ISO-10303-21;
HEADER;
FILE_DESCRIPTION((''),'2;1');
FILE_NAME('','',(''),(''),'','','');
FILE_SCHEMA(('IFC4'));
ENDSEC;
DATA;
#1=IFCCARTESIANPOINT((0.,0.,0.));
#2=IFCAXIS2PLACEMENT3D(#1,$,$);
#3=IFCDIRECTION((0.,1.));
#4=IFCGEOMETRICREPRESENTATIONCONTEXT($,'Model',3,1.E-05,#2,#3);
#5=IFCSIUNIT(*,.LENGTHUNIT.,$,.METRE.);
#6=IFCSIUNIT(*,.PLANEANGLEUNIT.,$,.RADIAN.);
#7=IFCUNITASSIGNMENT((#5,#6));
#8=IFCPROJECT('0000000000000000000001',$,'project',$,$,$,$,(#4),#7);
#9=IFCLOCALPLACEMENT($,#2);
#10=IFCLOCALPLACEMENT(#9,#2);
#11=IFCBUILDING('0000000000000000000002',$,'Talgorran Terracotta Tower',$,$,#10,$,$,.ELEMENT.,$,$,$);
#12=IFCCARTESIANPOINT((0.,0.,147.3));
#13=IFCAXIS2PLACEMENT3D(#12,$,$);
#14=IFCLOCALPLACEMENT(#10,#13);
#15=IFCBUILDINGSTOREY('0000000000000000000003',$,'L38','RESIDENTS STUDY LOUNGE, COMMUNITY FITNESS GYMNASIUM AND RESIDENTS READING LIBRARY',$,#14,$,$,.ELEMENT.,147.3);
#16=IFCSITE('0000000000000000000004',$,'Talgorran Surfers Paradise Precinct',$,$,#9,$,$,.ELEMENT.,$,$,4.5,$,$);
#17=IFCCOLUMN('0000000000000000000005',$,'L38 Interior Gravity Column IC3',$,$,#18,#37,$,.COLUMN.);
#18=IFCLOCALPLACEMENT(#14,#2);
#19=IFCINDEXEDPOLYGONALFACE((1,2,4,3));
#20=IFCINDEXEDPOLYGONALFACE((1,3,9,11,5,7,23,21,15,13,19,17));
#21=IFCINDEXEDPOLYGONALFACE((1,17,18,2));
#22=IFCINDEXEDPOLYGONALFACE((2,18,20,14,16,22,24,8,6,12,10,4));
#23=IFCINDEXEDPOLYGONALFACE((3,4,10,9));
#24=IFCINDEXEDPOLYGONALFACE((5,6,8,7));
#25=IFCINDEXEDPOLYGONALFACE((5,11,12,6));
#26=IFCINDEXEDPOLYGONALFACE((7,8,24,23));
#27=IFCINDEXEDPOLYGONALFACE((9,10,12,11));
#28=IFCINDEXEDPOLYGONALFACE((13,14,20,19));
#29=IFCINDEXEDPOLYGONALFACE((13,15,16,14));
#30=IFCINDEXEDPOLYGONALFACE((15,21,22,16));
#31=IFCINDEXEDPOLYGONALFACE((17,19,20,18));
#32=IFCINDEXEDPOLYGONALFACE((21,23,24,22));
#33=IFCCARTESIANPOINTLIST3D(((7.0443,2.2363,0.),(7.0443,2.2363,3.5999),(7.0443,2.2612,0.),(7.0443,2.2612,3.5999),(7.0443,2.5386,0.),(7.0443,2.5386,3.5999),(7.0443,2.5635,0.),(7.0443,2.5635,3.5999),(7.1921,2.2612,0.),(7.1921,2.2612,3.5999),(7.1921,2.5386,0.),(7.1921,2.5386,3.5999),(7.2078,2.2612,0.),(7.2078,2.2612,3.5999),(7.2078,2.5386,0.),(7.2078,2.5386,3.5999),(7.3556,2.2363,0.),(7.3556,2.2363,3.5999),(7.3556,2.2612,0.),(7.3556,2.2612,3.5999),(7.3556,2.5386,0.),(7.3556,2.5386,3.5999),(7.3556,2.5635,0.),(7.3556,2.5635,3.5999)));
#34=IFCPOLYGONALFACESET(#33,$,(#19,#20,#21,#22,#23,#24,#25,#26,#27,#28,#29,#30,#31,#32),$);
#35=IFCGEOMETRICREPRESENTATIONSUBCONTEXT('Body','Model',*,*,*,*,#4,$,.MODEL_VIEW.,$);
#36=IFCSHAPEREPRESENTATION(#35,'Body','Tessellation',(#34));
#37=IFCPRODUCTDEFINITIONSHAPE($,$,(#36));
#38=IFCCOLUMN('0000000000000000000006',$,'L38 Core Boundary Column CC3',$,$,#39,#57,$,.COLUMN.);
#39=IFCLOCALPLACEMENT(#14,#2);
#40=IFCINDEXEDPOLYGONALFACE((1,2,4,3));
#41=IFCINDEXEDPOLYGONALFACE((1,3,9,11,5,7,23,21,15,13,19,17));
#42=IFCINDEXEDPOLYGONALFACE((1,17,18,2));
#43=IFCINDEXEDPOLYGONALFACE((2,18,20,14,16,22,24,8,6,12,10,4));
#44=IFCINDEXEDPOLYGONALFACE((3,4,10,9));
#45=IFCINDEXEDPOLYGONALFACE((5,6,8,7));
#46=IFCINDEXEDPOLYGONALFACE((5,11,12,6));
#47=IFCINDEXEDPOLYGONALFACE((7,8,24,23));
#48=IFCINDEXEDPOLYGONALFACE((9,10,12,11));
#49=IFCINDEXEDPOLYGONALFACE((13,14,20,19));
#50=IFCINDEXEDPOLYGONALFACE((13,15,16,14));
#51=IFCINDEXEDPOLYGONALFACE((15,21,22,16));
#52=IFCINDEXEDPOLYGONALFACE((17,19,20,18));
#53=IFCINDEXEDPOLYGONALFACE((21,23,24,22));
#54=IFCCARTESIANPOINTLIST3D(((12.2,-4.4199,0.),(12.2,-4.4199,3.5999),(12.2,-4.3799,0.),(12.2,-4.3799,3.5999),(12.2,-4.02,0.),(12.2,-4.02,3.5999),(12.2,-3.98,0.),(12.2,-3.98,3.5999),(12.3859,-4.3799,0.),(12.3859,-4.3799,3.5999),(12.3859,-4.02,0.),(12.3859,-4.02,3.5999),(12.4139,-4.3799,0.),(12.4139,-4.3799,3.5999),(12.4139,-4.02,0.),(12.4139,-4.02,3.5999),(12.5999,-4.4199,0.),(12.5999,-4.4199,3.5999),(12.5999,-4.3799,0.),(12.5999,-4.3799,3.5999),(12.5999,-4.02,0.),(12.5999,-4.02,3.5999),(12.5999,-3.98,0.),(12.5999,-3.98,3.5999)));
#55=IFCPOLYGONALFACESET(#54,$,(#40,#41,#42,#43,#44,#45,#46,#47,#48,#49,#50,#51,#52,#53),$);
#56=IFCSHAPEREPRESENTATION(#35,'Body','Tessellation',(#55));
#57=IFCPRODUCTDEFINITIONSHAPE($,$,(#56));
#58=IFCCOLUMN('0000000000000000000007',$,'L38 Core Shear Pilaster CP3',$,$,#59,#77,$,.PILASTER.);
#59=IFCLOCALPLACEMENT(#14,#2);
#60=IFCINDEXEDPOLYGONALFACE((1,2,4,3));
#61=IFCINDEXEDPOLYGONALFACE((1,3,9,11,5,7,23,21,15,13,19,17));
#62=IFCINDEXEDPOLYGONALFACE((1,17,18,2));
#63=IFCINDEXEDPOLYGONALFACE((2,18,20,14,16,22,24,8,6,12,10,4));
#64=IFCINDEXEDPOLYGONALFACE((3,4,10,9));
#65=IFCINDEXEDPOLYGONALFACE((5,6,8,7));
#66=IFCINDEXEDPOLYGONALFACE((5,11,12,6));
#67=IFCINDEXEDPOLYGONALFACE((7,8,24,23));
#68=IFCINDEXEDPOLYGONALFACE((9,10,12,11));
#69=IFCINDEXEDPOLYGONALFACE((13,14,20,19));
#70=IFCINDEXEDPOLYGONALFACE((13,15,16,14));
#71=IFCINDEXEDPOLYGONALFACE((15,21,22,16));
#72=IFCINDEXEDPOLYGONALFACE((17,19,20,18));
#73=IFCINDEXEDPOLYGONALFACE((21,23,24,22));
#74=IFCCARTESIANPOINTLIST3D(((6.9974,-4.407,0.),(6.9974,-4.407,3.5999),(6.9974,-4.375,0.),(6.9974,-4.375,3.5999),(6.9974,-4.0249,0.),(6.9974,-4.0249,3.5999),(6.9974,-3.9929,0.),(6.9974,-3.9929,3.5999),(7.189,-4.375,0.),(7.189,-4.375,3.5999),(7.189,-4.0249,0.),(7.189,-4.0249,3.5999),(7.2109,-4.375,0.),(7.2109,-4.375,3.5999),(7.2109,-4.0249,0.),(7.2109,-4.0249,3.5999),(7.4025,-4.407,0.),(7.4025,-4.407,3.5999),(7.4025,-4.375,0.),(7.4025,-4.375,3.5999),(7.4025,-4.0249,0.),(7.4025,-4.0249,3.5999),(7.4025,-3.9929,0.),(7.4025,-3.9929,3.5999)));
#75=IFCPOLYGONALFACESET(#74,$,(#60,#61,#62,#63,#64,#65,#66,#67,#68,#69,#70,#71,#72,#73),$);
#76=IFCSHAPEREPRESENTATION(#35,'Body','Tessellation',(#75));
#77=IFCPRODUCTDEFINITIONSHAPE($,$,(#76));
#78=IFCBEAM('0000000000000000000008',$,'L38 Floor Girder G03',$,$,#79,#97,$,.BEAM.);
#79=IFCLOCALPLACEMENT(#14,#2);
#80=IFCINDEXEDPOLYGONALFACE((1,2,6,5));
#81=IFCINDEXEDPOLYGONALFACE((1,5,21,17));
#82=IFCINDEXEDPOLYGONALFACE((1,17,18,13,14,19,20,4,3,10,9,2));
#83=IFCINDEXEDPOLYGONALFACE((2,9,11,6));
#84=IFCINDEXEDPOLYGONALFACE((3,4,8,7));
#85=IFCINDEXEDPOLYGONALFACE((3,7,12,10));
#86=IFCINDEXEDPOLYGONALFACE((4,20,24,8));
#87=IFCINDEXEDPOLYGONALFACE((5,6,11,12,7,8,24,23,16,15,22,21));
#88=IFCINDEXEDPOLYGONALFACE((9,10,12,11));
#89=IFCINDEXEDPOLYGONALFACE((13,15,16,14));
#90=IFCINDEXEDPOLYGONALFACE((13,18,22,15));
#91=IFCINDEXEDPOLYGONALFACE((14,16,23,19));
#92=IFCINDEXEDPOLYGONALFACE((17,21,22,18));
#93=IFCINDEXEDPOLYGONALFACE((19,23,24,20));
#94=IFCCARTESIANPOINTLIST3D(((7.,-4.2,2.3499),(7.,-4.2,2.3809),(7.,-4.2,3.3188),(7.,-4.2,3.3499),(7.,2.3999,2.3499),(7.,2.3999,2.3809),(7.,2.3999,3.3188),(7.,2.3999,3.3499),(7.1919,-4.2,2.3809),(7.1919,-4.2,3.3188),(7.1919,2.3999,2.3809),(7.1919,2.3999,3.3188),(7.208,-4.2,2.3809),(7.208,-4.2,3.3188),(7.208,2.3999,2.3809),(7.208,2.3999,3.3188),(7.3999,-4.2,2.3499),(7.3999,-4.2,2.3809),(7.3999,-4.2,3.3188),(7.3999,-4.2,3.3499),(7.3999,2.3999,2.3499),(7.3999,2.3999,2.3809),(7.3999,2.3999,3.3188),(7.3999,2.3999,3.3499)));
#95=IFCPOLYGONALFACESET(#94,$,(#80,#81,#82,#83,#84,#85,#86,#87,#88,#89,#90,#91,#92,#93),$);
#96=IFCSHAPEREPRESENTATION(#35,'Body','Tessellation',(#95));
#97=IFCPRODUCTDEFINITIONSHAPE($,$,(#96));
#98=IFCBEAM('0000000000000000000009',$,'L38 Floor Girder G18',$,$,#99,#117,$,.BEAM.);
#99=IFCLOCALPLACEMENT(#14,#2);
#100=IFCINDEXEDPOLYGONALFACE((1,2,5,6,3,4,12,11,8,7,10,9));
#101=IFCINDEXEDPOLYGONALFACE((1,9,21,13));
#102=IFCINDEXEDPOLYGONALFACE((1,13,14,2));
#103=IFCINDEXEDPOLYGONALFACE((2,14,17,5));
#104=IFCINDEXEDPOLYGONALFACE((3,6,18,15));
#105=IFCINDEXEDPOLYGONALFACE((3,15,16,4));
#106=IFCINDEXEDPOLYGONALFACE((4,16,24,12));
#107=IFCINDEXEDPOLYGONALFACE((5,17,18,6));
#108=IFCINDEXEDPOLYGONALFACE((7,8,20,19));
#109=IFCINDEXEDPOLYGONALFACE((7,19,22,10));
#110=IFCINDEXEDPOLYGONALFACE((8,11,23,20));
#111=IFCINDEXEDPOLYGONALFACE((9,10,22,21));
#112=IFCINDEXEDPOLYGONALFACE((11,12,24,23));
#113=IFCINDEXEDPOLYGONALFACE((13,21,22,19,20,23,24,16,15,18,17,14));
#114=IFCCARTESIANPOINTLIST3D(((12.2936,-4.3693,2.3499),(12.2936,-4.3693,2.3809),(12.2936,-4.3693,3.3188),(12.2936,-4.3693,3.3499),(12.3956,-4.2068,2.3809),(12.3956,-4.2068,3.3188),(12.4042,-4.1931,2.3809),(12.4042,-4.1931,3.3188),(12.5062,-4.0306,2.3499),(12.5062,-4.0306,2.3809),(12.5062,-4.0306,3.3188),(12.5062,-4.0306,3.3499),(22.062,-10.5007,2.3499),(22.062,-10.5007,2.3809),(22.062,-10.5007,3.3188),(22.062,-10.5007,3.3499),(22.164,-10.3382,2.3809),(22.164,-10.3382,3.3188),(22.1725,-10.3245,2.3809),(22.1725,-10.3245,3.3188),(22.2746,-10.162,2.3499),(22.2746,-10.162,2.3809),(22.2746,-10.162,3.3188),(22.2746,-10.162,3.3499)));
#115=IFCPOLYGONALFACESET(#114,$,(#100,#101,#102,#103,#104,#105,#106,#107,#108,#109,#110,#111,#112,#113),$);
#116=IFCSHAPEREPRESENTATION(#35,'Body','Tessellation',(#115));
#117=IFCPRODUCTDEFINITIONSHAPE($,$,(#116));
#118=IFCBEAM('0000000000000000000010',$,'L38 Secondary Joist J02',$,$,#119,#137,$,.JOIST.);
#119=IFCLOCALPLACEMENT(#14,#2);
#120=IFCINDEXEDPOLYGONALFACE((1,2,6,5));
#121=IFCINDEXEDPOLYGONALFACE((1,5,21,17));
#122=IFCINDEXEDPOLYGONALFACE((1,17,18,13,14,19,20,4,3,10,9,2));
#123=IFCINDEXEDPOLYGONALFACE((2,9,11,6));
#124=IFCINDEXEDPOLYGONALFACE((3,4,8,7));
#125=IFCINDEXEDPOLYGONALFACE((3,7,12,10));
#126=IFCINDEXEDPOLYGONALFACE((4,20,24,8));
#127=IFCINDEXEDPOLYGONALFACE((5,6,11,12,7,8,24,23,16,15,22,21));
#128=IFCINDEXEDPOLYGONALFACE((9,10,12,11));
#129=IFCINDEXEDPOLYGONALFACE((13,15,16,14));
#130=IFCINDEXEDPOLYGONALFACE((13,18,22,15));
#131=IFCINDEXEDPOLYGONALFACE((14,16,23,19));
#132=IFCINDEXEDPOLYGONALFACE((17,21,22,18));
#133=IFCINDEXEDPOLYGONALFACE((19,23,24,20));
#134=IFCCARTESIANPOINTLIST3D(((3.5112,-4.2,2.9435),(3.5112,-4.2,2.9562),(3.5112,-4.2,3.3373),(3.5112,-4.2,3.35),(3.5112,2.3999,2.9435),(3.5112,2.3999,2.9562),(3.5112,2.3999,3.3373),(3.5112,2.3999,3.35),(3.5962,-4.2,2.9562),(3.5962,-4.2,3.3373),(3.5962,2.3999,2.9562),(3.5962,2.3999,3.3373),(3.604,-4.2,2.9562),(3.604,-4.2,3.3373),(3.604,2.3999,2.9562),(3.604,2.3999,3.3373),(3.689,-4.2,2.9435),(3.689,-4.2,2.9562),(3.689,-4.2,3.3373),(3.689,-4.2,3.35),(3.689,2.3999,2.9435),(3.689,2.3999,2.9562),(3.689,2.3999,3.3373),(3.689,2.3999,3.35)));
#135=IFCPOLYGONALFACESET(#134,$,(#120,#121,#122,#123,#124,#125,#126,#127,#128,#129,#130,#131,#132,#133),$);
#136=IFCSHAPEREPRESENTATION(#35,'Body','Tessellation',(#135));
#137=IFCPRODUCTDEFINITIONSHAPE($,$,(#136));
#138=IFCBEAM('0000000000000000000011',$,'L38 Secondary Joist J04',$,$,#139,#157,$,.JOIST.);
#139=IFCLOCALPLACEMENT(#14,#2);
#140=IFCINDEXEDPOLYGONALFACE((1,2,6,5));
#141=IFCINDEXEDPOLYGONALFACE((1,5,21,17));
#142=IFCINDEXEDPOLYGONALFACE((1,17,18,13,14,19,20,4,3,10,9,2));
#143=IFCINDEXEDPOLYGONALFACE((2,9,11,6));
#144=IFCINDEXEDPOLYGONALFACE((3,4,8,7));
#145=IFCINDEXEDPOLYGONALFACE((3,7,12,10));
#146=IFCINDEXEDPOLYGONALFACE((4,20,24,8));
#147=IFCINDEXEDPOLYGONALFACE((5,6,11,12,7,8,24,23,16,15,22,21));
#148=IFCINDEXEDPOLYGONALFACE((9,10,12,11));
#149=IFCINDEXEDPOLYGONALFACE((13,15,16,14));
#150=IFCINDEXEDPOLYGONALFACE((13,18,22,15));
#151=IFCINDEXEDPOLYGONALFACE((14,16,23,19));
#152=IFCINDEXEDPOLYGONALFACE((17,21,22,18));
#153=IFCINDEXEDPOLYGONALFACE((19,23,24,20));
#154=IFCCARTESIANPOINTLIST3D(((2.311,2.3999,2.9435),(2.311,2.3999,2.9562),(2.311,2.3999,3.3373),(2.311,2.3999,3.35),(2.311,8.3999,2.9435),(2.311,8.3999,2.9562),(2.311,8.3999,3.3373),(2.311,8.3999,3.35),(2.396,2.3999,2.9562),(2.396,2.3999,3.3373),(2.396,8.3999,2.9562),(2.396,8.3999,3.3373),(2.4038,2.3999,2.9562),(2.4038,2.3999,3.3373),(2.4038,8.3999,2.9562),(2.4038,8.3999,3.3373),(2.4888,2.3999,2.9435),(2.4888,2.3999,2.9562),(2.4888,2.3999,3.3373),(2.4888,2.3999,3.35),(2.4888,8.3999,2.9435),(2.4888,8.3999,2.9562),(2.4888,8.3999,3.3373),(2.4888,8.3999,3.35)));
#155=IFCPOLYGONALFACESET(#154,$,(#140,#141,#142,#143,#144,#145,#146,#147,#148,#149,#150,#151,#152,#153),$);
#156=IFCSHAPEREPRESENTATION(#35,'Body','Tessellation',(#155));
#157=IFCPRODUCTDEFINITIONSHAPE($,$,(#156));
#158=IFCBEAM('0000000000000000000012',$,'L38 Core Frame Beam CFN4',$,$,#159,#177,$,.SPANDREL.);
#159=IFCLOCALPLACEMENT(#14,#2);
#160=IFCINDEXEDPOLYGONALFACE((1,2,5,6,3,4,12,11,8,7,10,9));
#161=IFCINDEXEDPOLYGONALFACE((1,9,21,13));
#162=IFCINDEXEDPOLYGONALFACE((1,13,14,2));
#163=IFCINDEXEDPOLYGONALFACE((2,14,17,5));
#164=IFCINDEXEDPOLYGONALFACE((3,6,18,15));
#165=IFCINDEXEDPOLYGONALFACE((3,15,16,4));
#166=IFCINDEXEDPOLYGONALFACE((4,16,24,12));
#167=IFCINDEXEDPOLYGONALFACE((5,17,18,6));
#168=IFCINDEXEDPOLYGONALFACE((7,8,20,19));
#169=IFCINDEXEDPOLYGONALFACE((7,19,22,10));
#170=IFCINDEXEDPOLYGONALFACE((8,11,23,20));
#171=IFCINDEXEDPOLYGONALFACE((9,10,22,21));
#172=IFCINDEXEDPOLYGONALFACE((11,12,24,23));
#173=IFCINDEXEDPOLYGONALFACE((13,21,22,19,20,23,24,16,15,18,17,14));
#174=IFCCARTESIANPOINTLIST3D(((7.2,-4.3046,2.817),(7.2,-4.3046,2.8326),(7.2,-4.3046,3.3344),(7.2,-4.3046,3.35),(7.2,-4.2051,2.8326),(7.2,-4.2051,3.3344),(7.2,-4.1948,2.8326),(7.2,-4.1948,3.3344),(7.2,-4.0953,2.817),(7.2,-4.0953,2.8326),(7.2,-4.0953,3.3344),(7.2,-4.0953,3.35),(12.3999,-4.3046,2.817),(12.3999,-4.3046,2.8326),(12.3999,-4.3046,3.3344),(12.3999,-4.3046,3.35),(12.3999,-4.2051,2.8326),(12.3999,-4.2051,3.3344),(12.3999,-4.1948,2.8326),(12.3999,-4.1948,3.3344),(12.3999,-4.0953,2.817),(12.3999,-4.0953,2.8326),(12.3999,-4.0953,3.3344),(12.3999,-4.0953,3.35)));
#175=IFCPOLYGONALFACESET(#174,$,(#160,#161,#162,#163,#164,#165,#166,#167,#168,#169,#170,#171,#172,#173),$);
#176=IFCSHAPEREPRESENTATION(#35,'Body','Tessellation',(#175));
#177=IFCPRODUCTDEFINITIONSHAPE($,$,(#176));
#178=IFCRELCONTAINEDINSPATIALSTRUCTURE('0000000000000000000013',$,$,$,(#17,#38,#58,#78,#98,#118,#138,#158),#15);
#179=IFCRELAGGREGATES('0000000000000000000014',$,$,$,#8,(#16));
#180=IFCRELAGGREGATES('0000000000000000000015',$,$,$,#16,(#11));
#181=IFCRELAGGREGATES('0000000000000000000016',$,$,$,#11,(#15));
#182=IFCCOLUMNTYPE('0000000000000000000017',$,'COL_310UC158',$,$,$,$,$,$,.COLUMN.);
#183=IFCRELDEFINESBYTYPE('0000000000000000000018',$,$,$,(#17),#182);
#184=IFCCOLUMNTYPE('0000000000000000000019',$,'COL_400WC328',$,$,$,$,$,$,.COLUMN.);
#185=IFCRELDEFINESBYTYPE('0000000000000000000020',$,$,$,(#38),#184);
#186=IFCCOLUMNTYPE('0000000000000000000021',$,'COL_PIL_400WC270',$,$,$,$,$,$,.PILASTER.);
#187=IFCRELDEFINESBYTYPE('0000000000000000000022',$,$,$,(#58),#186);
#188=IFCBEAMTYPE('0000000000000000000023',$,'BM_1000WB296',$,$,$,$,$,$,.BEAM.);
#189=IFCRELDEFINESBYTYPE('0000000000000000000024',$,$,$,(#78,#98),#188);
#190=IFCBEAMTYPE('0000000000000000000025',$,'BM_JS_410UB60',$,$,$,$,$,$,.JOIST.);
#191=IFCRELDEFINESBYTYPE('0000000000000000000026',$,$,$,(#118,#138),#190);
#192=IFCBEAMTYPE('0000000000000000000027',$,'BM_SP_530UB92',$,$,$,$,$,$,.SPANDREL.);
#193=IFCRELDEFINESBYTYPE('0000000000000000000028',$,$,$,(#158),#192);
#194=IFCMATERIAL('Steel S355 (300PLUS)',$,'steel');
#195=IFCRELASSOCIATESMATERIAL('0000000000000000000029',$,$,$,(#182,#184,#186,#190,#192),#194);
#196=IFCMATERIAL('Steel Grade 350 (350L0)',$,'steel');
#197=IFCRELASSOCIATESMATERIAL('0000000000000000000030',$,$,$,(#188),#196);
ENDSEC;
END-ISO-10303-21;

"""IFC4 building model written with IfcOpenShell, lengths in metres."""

from ifc_helpers import new_model, si_unit, direction, frame, origin, origin_2d, place, context, subcontext, project, spatial, i_section, extrude, material, material_profile, profile_set, type_object, element, save


model = new_model("IFC4")

# Units and contexts
model_context = context("Model", 3, precision=1e-05, world=origin(), true_north=direction((0.0, 1.0)))
body_context = subcontext(model_context, "Body", "Model", "MODEL_VIEW")
ifc_project = project(units=[si_unit("LENGTHUNIT", "METRE"), si_unit("PLANEANGLEUNIT", "RADIAN")], contexts=[model_context])

# Site, building, storey
site_placement = place(None, origin())
site = spatial("IfcSite", under=ifc_project, at=site_placement, Name="Talgorran Surfers Paradise Precinct", CompositionType="ELEMENT", RefElevation=4.5)
building_placement = place(site_placement, origin())
building = spatial("IfcBuilding", under=site, at=building_placement, Name="Talgorran Terracotta Tower", CompositionType="ELEMENT")
storey_placement = place(building_placement, frame((0.0, 0.0, 147.3)))
storey = spatial("IfcBuildingStorey", under=building, at=storey_placement, Name="L38", Description="RESIDENTS STUDY LOUNGE, COMMUNITY FITNESS GYMNASIUM AND RESIDENTS READING LIBRARY", CompositionType="ELEMENT", Elevation=147.3)

# Columns
ifc_material_1 = material(Name="Steel S355 (300PLUS)", Category="steel")
ifc_material_profile_1 = material_profile(ifc_material_1, i_section(OverallWidth=0.3113, OverallDepth=0.3271, WebThickness=0.0156, FlangeThickness=0.0249, at=origin_2d()), Name="310UC158")
ifc_profile_set_1 = profile_set([ifc_material_profile_1], Name="Steel S355 (300PLUS)")
column_type_1 = type_object("IfcColumnType", Name="COL_310UC158", PredefinedType="COLUMN", material=ifc_profile_set_1)
column_1_placement = place(storey_placement, frame((7.2, 2.3999, 0.0), z_axis=(0.0, 0.0, 1.0), x_axis=(1.0, 0.0, 0.0)))
element("IfcColumn", 1, at=column_1_placement, inside=storey, type_object=column_type_1, Name="L38 Interior Gravity Column IC3", PredefinedType="COLUMN", context=body_context, shape_type="SweptSolid", body=[
    extrude(i_section(OverallWidth=0.3113, OverallDepth=0.3271, WebThickness=0.0156, FlangeThickness=0.0249, at=origin_2d()), origin(), (0.0, 0.0, 1.0), 3.5999),
])
ifc_material_profile_2 = material_profile(ifc_material_1, i_section(OverallWidth=0.3999, OverallDepth=0.4399, WebThickness=0.0281, FlangeThickness=0.04, at=origin_2d()), Name="400WC328")
ifc_profile_set_2 = profile_set([ifc_material_profile_2], Name="Steel S355 (300PLUS)")
column_type_2 = type_object("IfcColumnType", Name="COL_400WC328", PredefinedType="COLUMN", material=ifc_profile_set_2)
column_2_placement = place(storey_placement, frame((12.3999, -4.2, 0.0), z_axis=(0.0, 0.0, 1.0), x_axis=(1.0, 0.0, 0.0)))
element("IfcColumn", 2, at=column_2_placement, inside=storey, type_object=column_type_2, Name="L38 Core Boundary Column CC3", PredefinedType="COLUMN", context=body_context, shape_type="SweptSolid", body=[
    extrude(i_section(OverallWidth=0.3999, OverallDepth=0.4399, WebThickness=0.0281, FlangeThickness=0.04, at=origin_2d()), origin(), (0.0, 0.0, 1.0), 3.5999),
])
ifc_material_profile_3 = material_profile(ifc_material_1, i_section(OverallWidth=0.405, OverallDepth=0.4141, WebThickness=0.022, FlangeThickness=0.032, at=origin_2d()), Name="400WC270")
ifc_profile_set_3 = profile_set([ifc_material_profile_3], Name="Steel S355 (300PLUS)")
column_type_3 = type_object("IfcColumnType", Name="COL_PIL_400WC270", PredefinedType="PILASTER", material=ifc_profile_set_3)
column_3_placement = place(storey_placement, frame((7.2, -4.2, 0.0), z_axis=(0.0, 0.0, 1.0), x_axis=(1.0, 0.0, 0.0)))
element("IfcColumn", 3, at=column_3_placement, inside=storey, type_object=column_type_3, Name="L38 Core Shear Pilaster CP3", PredefinedType="PILASTER", context=body_context, shape_type="SweptSolid", body=[
    extrude(i_section(OverallWidth=0.405, OverallDepth=0.4141, WebThickness=0.022, FlangeThickness=0.032, at=origin_2d()), origin(), (0.0, 0.0, 1.0), 3.5999),
])

# Beams
ifc_material_2 = material(Name="Steel Grade 350 (350L0)", Category="steel")
ifc_material_profile_4 = material_profile(ifc_material_2, i_section(OverallWidth=0.3999, OverallDepth=1.0, WebThickness=0.0161, FlangeThickness=0.031, at=origin_2d()), Name="1000WB296")
ifc_profile_set_4 = profile_set([ifc_material_profile_4], Name="Steel Grade 350 (350L0)")
beam_type_1 = type_object("IfcBeamType", Name="BM_1000WB296", PredefinedType="BEAM", material=ifc_profile_set_4)
beam_1_placement = place(storey_placement, frame((7.2, -4.2, 2.8499), z_axis=(0.0, 1.0, 0.0), x_axis=(-1.0, 0.0, 0.0)))
element("IfcBeam", 4, at=beam_1_placement, inside=storey, type_object=beam_type_1, Name="L38 Floor Girder G03", PredefinedType="BEAM", context=body_context, shape_type="SweptSolid", body=[
    extrude(i_section(OverallWidth=0.3999, OverallDepth=1.0, WebThickness=0.0161, FlangeThickness=0.031, at=origin_2d()), origin(), (0.0, 0.0, 1.0), 6.5999),
])
beam_2_placement = place(storey_placement, frame((12.3999, -4.2, 2.8499), z_axis=(0.846978, -0.531629, 0.0), x_axis=(0.531629, 0.846978, 0.0)))
element("IfcBeam", 5, at=beam_2_placement, inside=storey, type_object=beam_type_1, Name="L38 Floor Girder G18", PredefinedType="BEAM", context=body_context, shape_type="SweptSolid", body=[
    extrude(i_section(OverallWidth=0.3999, OverallDepth=1.0, WebThickness=0.0161, FlangeThickness=0.031, at=origin_2d()), origin(), (0.0, 0.0, 1.0), 11.5332),
])
ifc_material_profile_5 = material_profile(ifc_material_1, i_section(OverallWidth=0.1777, OverallDepth=0.4065, WebThickness=0.0078, FlangeThickness=0.0127, at=origin_2d()), Name="410UB59.7")
ifc_profile_set_5 = profile_set([ifc_material_profile_5], Name="Steel S355 (300PLUS)")
beam_type_2 = type_object("IfcBeamType", Name="BM_JS_410UB60", PredefinedType="JOIST", material=ifc_profile_set_5)
beam_3_placement = place(storey_placement, frame((3.6001, -4.2, 3.1467), z_axis=(0.0, 1.0, 0.0), x_axis=(-1.0, 0.0, 0.0)))
element("IfcBeam", 6, at=beam_3_placement, inside=storey, type_object=beam_type_2, Name="L38 Secondary Joist J02", PredefinedType="JOIST", context=body_context, shape_type="SweptSolid", body=[
    extrude(i_section(OverallWidth=0.1777, OverallDepth=0.4065, WebThickness=0.0078, FlangeThickness=0.0127, at=origin_2d()), origin(), (0.0, 0.0, 1.0), 6.5999),
])
beam_4_placement = place(storey_placement, frame((2.3999, 2.3999, 3.1467), z_axis=(0.0, 1.0, 0.0), x_axis=(-1.0, 0.0, 0.0)))
element("IfcBeam", 7, at=beam_4_placement, inside=storey, type_object=beam_type_2, Name="L38 Secondary Joist J04", PredefinedType="JOIST", context=body_context, shape_type="SweptSolid", body=[
    extrude(i_section(OverallWidth=0.1777, OverallDepth=0.4065, WebThickness=0.0078, FlangeThickness=0.0127, at=origin_2d()), origin(), (0.0, 0.0, 1.0), 6.0),
])
ifc_material_profile_6 = material_profile(ifc_material_1, i_section(OverallWidth=0.2092, OverallDepth=0.533, WebThickness=0.0103, FlangeThickness=0.0156, at=origin_2d()), Name="530UB92.4")
ifc_profile_set_6 = profile_set([ifc_material_profile_6], Name="Steel S355 (300PLUS)")
beam_type_3 = type_object("IfcBeamType", Name="BM_SP_530UB92", PredefinedType="SPANDREL", material=ifc_profile_set_6)
beam_5_placement = place(storey_placement, frame((7.2, -4.2, 3.0835), z_axis=(1.0, 0.0, 0.0), x_axis=(0.0, 1.0, 0.0)))
element("IfcBeam", 8, at=beam_5_placement, inside=storey, type_object=beam_type_3, Name="L38 Core Frame Beam CFN4", PredefinedType="SPANDREL", context=body_context, shape_type="SweptSolid", body=[
    extrude(i_section(OverallWidth=0.2092, OverallDepth=0.533, WebThickness=0.0103, FlangeThickness=0.0156, at=origin_2d()), origin(), (0.0, 0.0, 1.0), 5.2),
])

save(model, "model.ifc")
